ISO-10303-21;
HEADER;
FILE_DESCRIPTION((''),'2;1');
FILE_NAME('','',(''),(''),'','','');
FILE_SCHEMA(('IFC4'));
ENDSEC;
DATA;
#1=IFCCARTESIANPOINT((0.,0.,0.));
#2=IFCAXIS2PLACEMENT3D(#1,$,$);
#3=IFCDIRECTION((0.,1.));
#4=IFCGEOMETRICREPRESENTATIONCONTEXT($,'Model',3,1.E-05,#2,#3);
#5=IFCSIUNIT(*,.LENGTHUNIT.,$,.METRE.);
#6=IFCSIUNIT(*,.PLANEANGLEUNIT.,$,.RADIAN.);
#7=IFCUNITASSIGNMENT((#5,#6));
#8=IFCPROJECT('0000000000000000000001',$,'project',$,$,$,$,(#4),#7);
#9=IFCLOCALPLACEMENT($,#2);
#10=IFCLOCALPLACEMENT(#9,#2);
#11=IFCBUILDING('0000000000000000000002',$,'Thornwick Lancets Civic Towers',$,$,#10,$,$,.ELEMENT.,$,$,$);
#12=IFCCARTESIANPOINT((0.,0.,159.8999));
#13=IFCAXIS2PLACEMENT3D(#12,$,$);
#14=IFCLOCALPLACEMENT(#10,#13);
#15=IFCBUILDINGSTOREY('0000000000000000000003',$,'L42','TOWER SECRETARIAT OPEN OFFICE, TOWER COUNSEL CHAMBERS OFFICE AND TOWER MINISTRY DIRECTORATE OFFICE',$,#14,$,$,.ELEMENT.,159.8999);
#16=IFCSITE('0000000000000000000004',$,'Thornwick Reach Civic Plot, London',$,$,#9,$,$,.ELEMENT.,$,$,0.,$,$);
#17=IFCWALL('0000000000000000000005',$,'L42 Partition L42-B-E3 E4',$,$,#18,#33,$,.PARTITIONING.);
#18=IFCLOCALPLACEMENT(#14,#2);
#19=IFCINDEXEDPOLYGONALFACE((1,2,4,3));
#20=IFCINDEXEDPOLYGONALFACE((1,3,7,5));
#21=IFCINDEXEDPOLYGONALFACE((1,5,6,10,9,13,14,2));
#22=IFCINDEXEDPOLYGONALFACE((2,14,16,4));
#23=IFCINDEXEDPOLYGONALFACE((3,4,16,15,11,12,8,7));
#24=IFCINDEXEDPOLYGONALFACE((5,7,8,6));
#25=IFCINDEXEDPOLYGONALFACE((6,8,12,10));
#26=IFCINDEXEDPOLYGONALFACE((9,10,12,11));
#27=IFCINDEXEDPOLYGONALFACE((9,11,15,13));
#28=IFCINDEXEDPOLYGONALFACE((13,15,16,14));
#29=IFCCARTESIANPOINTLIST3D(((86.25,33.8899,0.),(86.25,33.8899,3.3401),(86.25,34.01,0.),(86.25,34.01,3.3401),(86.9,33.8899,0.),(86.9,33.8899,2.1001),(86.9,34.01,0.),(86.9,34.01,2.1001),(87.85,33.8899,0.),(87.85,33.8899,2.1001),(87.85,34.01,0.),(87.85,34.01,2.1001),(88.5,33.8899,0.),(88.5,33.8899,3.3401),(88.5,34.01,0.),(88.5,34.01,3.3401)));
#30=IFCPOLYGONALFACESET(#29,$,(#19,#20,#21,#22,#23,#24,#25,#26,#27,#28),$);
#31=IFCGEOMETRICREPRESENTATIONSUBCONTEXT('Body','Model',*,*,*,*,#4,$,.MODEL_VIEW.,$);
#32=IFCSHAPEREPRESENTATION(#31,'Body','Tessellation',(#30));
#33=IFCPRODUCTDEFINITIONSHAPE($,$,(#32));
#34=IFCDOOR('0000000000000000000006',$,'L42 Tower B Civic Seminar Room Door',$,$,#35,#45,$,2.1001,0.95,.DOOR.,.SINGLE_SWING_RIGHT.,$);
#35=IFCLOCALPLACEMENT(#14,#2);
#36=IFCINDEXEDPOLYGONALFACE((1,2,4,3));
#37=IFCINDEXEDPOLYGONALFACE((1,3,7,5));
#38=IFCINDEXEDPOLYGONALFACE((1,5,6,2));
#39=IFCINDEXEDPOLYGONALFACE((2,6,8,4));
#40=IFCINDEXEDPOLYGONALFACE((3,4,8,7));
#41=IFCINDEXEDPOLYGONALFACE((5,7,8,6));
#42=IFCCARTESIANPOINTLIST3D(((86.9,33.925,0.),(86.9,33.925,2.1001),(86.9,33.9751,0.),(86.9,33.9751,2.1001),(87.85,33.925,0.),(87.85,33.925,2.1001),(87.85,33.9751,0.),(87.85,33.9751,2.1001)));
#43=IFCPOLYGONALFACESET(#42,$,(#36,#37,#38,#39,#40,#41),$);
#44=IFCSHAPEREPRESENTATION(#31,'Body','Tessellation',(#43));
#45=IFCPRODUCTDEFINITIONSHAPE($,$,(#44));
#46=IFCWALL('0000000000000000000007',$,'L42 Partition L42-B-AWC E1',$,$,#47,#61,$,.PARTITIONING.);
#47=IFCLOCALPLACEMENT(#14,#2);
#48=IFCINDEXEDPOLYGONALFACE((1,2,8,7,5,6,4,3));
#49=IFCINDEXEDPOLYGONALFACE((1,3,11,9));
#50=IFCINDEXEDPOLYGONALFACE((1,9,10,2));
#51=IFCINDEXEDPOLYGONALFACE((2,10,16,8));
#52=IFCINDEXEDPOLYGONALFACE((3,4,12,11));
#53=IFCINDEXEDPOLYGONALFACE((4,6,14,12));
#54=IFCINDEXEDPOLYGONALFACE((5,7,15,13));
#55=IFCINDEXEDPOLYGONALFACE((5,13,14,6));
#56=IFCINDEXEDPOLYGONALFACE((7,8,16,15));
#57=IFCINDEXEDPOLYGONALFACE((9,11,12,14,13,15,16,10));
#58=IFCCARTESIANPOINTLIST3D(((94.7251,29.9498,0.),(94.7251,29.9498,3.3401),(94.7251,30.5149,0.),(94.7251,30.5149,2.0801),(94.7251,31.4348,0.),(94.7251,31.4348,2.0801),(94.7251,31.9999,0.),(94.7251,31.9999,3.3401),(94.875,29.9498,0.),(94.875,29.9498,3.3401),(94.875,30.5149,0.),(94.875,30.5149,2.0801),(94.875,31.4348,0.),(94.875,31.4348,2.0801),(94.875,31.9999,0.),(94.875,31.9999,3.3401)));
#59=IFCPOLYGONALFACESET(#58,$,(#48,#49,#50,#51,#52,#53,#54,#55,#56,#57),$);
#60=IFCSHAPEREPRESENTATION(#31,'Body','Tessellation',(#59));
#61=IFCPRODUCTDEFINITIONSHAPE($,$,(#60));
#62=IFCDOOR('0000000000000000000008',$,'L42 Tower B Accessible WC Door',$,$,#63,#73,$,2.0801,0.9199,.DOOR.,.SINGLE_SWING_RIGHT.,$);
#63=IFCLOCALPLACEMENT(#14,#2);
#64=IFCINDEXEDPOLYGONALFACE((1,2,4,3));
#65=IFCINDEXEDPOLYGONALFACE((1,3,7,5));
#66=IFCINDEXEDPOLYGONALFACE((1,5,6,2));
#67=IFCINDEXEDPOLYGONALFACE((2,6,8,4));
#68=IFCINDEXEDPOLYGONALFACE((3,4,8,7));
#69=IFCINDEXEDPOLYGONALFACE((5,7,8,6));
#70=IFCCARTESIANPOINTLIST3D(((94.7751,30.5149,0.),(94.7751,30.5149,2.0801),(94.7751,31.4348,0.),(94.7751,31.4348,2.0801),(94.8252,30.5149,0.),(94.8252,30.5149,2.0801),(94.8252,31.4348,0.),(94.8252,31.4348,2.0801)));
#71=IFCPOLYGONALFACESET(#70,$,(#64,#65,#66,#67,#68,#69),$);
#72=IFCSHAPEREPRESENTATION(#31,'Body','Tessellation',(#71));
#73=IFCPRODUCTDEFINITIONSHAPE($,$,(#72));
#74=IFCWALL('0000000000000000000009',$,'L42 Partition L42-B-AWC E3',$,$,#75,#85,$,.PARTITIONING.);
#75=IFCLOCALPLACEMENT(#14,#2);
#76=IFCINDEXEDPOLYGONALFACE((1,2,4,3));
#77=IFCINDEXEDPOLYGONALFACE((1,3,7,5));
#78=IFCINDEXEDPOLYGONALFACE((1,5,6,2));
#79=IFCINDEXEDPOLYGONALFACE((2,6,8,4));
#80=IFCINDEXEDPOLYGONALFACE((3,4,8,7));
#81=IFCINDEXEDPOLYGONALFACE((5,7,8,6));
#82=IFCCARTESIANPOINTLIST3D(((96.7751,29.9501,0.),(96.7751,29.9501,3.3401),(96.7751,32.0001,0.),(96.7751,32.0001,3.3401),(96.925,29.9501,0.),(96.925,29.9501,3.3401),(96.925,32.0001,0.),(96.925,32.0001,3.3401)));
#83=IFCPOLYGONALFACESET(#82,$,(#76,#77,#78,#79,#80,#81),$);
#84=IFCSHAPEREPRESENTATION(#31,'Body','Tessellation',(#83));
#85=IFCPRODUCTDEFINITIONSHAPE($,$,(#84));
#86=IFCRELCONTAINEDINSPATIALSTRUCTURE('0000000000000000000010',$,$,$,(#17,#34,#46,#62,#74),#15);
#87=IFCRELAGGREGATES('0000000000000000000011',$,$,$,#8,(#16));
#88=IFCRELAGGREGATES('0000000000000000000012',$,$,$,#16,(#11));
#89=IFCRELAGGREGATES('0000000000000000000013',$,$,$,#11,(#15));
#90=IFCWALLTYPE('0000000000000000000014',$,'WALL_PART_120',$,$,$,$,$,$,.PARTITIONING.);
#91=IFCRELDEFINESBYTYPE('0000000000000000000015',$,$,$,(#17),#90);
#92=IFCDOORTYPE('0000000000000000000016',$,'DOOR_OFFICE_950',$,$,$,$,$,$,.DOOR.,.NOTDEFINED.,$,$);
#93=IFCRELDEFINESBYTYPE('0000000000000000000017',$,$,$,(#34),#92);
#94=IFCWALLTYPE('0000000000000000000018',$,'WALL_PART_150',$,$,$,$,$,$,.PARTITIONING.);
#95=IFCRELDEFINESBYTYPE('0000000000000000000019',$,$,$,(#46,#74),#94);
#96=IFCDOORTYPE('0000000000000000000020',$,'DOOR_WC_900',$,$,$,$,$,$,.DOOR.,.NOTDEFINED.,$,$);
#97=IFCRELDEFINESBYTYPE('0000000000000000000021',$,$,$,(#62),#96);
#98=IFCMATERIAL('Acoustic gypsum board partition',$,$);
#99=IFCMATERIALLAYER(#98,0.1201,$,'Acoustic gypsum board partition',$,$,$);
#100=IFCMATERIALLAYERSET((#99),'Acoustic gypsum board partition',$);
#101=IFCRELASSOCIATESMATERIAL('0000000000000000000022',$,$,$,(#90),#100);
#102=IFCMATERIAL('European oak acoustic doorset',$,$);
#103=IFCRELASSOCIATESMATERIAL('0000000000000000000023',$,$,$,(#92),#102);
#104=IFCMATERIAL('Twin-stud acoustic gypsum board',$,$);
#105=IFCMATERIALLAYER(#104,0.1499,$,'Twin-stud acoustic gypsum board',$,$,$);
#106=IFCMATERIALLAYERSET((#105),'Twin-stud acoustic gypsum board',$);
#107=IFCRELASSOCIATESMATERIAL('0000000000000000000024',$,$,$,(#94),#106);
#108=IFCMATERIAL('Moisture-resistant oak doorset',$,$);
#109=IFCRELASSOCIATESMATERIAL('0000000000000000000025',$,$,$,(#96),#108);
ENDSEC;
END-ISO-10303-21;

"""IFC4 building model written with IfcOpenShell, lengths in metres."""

from ifc_helpers import new_model, si_unit, direction, frame, frame_2d, origin, place, context, subcontext, project, spatial, rectangle, extrude, material, layer, layer_set, type_object, element, fill, save


model = new_model("IFC4")

# Units and contexts
model_context = context("Model", 3, precision=1e-05, world=origin(), true_north=direction((0.0, 1.0)))
body_context = subcontext(model_context, "Body", "Model", "MODEL_VIEW")
ifc_project = project(units=[si_unit("LENGTHUNIT", "METRE"), si_unit("PLANEANGLEUNIT", "RADIAN")], contexts=[model_context])

# Site, building, storey
site_placement = place(None, origin())
site = spatial("IfcSite", under=ifc_project, at=site_placement, Name="Thornwick Reach Civic Plot, London", CompositionType="ELEMENT", RefElevation=0.0)
building_placement = place(site_placement, origin())
building = spatial("IfcBuilding", under=site, at=building_placement, Name="Thornwick Lancets Civic Towers", CompositionType="ELEMENT")
storey_placement = place(building_placement, frame((0.0, 0.0, 159.8999)))
storey = spatial("IfcBuildingStorey", under=building, at=storey_placement, Name="L42", Description="TOWER SECRETARIAT OPEN OFFICE, TOWER COUNSEL CHAMBERS OFFICE AND TOWER MINISTRY DIRECTORATE OFFICE", CompositionType="ELEMENT", Elevation=159.8999)

# Shared definitions
ifc_material_1 = material(Name="Acoustic gypsum board partition")
ifc_layer_1 = layer(ifc_material_1, 0.1201, Name="Acoustic gypsum board partition")
ifc_layer_set_1 = layer_set([ifc_layer_1], Name="Acoustic gypsum board partition")
wall_type_1 = type_object("IfcWallType", Name="WALL_PART_120", PredefinedType="PARTITIONING", material=ifc_layer_set_1)

# Walls, openings, doors
wall_1_placement = place(storey_placement, frame((88.5, 33.95, 0.0), z_axis=(0.0, 0.0, 1.0), x_axis=(-1.0, 0.0, 0.0)))
wall_1 = element("IfcWall", 1, at=wall_1_placement, inside=storey, type_object=wall_type_1, Name="L42 Partition L42-B-E3 E4", PredefinedType="PARTITIONING", context=body_context, shape_type="SweptSolid", body=[
    extrude(rectangle(XDim=2.25, YDim=0.1201, at=frame_2d((1.125, 0.0))), origin(), (0.0, 0.0, 1.0), 3.3401),
])
opening_1_placement = place(wall_1_placement, frame((0.6499, 0.0, 0.0)))
opening_1 = element("IfcOpeningElement", 2, at=opening_1_placement, cuts=wall_1, PredefinedType="OPENING", context=body_context, shape_type="SweptSolid", body=[
    extrude(rectangle(XDim=0.95, YDim=2.1001, at=frame_2d((0.4751, 1.05))), frame((0.0, 0.0701, 0.0), z_axis=(0.0, -1.0, 0.0), x_axis=(1.0, 0.0, 0.0)), (0.0, 0.0, 1.0), 0.1401),
])
ifc_material_2 = material(Name="European oak acoustic doorset")
door_type_1 = type_object("IfcDoorType", Name="DOOR_OFFICE_950", OperationType="NOTDEFINED", PredefinedType="DOOR", material=ifc_material_2)
door_1_placement = place(opening_1_placement, origin())
door_1 = element("IfcDoor", 3, at=door_1_placement, inside=storey, type_object=door_type_1, Name="L42 Tower B Civic Seminar Room Door", OperationType="SINGLE_SWING_RIGHT", OverallHeight=2.1001, OverallWidth=0.95, PredefinedType="DOOR", context=body_context, shape_type="SweptSolid", body=[
    extrude(rectangle(XDim=0.95, YDim=2.1001, at=frame_2d((0.4751, 1.05))), frame((0.0, 0.0249, 0.0), z_axis=(0.0, -1.0, 0.0), x_axis=(1.0, 0.0, 0.0)), (0.0, 0.0, 1.0), 0.05),
])
fill(opening_1, door_1)
ifc_material_3 = material(Name="Twin-stud acoustic gypsum board")
ifc_layer_2 = layer(ifc_material_3, 0.1499, Name="Twin-stud acoustic gypsum board")
ifc_layer_set_2 = layer_set([ifc_layer_2], Name="Twin-stud acoustic gypsum board")
wall_type_2 = type_object("IfcWallType", Name="WALL_PART_150", PredefinedType="PARTITIONING", material=ifc_layer_set_2)
wall_2_placement = place(storey_placement, frame((94.8, 29.95, 0.0), z_axis=(0.0, 0.0, 1.0), x_axis=(0.0, 1.0, 0.0)))
wall_2 = element("IfcWall", 4, at=wall_2_placement, inside=storey, type_object=wall_type_2, Name="L42 Partition L42-B-AWC E1", PredefinedType="PARTITIONING", context=body_context, shape_type="SweptSolid", body=[
    extrude(rectangle(XDim=2.05, YDim=0.1499, at=frame_2d((1.0249, 0.0))), origin(), (0.0, 0.0, 1.0), 3.3401),
])
opening_2_placement = place(wall_2_placement, frame((0.5649, 0.0, 0.0)))
opening_2 = element("IfcOpeningElement", 5, at=opening_2_placement, cuts=wall_2, PredefinedType="OPENING", context=body_context, shape_type="SweptSolid", body=[
    extrude(rectangle(XDim=0.9199, YDim=2.0801, at=frame_2d((0.46, 1.04))), frame((0.0, 0.085, 0.0), z_axis=(0.0, -1.0, 0.0), x_axis=(1.0, 0.0, 0.0)), (0.0, 0.0, 1.0), 0.1699),
])
ifc_material_4 = material(Name="Moisture-resistant oak doorset")
door_type_2 = type_object("IfcDoorType", Name="DOOR_WC_900", OperationType="NOTDEFINED", PredefinedType="DOOR", material=ifc_material_4)
door_2_placement = place(opening_2_placement, origin())
door_2 = element("IfcDoor", 6, at=door_2_placement, inside=storey, type_object=door_type_2, Name="L42 Tower B Accessible WC Door", OperationType="SINGLE_SWING_RIGHT", OverallHeight=2.0801, OverallWidth=0.9199, PredefinedType="DOOR", context=body_context, shape_type="SweptSolid", body=[
    extrude(rectangle(XDim=0.9199, YDim=2.0801, at=frame_2d((0.46, 1.04))), frame((0.0, 0.0249, 0.0), z_axis=(0.0, -1.0, 0.0), x_axis=(1.0, 0.0, 0.0)), (0.0, 0.0, 1.0), 0.05),
])
fill(opening_2, door_2)

# Wall
wall_3_placement = place(storey_placement, frame((96.8501, 32.0, 0.0), z_axis=(0.0, 0.0, 1.0), x_axis=(0.0, -1.0, 0.0)))
element("IfcWall", 7, at=wall_3_placement, inside=storey, type_object=wall_type_2, Name="L42 Partition L42-B-AWC E3", PredefinedType="PARTITIONING", context=body_context, shape_type="SweptSolid", body=[
    extrude(rectangle(XDim=2.05, YDim=0.1499, at=frame_2d((1.0249, 0.0))), origin(), (0.0, 0.0, 1.0), 3.3401),
])

save(model, "model.ifc")
